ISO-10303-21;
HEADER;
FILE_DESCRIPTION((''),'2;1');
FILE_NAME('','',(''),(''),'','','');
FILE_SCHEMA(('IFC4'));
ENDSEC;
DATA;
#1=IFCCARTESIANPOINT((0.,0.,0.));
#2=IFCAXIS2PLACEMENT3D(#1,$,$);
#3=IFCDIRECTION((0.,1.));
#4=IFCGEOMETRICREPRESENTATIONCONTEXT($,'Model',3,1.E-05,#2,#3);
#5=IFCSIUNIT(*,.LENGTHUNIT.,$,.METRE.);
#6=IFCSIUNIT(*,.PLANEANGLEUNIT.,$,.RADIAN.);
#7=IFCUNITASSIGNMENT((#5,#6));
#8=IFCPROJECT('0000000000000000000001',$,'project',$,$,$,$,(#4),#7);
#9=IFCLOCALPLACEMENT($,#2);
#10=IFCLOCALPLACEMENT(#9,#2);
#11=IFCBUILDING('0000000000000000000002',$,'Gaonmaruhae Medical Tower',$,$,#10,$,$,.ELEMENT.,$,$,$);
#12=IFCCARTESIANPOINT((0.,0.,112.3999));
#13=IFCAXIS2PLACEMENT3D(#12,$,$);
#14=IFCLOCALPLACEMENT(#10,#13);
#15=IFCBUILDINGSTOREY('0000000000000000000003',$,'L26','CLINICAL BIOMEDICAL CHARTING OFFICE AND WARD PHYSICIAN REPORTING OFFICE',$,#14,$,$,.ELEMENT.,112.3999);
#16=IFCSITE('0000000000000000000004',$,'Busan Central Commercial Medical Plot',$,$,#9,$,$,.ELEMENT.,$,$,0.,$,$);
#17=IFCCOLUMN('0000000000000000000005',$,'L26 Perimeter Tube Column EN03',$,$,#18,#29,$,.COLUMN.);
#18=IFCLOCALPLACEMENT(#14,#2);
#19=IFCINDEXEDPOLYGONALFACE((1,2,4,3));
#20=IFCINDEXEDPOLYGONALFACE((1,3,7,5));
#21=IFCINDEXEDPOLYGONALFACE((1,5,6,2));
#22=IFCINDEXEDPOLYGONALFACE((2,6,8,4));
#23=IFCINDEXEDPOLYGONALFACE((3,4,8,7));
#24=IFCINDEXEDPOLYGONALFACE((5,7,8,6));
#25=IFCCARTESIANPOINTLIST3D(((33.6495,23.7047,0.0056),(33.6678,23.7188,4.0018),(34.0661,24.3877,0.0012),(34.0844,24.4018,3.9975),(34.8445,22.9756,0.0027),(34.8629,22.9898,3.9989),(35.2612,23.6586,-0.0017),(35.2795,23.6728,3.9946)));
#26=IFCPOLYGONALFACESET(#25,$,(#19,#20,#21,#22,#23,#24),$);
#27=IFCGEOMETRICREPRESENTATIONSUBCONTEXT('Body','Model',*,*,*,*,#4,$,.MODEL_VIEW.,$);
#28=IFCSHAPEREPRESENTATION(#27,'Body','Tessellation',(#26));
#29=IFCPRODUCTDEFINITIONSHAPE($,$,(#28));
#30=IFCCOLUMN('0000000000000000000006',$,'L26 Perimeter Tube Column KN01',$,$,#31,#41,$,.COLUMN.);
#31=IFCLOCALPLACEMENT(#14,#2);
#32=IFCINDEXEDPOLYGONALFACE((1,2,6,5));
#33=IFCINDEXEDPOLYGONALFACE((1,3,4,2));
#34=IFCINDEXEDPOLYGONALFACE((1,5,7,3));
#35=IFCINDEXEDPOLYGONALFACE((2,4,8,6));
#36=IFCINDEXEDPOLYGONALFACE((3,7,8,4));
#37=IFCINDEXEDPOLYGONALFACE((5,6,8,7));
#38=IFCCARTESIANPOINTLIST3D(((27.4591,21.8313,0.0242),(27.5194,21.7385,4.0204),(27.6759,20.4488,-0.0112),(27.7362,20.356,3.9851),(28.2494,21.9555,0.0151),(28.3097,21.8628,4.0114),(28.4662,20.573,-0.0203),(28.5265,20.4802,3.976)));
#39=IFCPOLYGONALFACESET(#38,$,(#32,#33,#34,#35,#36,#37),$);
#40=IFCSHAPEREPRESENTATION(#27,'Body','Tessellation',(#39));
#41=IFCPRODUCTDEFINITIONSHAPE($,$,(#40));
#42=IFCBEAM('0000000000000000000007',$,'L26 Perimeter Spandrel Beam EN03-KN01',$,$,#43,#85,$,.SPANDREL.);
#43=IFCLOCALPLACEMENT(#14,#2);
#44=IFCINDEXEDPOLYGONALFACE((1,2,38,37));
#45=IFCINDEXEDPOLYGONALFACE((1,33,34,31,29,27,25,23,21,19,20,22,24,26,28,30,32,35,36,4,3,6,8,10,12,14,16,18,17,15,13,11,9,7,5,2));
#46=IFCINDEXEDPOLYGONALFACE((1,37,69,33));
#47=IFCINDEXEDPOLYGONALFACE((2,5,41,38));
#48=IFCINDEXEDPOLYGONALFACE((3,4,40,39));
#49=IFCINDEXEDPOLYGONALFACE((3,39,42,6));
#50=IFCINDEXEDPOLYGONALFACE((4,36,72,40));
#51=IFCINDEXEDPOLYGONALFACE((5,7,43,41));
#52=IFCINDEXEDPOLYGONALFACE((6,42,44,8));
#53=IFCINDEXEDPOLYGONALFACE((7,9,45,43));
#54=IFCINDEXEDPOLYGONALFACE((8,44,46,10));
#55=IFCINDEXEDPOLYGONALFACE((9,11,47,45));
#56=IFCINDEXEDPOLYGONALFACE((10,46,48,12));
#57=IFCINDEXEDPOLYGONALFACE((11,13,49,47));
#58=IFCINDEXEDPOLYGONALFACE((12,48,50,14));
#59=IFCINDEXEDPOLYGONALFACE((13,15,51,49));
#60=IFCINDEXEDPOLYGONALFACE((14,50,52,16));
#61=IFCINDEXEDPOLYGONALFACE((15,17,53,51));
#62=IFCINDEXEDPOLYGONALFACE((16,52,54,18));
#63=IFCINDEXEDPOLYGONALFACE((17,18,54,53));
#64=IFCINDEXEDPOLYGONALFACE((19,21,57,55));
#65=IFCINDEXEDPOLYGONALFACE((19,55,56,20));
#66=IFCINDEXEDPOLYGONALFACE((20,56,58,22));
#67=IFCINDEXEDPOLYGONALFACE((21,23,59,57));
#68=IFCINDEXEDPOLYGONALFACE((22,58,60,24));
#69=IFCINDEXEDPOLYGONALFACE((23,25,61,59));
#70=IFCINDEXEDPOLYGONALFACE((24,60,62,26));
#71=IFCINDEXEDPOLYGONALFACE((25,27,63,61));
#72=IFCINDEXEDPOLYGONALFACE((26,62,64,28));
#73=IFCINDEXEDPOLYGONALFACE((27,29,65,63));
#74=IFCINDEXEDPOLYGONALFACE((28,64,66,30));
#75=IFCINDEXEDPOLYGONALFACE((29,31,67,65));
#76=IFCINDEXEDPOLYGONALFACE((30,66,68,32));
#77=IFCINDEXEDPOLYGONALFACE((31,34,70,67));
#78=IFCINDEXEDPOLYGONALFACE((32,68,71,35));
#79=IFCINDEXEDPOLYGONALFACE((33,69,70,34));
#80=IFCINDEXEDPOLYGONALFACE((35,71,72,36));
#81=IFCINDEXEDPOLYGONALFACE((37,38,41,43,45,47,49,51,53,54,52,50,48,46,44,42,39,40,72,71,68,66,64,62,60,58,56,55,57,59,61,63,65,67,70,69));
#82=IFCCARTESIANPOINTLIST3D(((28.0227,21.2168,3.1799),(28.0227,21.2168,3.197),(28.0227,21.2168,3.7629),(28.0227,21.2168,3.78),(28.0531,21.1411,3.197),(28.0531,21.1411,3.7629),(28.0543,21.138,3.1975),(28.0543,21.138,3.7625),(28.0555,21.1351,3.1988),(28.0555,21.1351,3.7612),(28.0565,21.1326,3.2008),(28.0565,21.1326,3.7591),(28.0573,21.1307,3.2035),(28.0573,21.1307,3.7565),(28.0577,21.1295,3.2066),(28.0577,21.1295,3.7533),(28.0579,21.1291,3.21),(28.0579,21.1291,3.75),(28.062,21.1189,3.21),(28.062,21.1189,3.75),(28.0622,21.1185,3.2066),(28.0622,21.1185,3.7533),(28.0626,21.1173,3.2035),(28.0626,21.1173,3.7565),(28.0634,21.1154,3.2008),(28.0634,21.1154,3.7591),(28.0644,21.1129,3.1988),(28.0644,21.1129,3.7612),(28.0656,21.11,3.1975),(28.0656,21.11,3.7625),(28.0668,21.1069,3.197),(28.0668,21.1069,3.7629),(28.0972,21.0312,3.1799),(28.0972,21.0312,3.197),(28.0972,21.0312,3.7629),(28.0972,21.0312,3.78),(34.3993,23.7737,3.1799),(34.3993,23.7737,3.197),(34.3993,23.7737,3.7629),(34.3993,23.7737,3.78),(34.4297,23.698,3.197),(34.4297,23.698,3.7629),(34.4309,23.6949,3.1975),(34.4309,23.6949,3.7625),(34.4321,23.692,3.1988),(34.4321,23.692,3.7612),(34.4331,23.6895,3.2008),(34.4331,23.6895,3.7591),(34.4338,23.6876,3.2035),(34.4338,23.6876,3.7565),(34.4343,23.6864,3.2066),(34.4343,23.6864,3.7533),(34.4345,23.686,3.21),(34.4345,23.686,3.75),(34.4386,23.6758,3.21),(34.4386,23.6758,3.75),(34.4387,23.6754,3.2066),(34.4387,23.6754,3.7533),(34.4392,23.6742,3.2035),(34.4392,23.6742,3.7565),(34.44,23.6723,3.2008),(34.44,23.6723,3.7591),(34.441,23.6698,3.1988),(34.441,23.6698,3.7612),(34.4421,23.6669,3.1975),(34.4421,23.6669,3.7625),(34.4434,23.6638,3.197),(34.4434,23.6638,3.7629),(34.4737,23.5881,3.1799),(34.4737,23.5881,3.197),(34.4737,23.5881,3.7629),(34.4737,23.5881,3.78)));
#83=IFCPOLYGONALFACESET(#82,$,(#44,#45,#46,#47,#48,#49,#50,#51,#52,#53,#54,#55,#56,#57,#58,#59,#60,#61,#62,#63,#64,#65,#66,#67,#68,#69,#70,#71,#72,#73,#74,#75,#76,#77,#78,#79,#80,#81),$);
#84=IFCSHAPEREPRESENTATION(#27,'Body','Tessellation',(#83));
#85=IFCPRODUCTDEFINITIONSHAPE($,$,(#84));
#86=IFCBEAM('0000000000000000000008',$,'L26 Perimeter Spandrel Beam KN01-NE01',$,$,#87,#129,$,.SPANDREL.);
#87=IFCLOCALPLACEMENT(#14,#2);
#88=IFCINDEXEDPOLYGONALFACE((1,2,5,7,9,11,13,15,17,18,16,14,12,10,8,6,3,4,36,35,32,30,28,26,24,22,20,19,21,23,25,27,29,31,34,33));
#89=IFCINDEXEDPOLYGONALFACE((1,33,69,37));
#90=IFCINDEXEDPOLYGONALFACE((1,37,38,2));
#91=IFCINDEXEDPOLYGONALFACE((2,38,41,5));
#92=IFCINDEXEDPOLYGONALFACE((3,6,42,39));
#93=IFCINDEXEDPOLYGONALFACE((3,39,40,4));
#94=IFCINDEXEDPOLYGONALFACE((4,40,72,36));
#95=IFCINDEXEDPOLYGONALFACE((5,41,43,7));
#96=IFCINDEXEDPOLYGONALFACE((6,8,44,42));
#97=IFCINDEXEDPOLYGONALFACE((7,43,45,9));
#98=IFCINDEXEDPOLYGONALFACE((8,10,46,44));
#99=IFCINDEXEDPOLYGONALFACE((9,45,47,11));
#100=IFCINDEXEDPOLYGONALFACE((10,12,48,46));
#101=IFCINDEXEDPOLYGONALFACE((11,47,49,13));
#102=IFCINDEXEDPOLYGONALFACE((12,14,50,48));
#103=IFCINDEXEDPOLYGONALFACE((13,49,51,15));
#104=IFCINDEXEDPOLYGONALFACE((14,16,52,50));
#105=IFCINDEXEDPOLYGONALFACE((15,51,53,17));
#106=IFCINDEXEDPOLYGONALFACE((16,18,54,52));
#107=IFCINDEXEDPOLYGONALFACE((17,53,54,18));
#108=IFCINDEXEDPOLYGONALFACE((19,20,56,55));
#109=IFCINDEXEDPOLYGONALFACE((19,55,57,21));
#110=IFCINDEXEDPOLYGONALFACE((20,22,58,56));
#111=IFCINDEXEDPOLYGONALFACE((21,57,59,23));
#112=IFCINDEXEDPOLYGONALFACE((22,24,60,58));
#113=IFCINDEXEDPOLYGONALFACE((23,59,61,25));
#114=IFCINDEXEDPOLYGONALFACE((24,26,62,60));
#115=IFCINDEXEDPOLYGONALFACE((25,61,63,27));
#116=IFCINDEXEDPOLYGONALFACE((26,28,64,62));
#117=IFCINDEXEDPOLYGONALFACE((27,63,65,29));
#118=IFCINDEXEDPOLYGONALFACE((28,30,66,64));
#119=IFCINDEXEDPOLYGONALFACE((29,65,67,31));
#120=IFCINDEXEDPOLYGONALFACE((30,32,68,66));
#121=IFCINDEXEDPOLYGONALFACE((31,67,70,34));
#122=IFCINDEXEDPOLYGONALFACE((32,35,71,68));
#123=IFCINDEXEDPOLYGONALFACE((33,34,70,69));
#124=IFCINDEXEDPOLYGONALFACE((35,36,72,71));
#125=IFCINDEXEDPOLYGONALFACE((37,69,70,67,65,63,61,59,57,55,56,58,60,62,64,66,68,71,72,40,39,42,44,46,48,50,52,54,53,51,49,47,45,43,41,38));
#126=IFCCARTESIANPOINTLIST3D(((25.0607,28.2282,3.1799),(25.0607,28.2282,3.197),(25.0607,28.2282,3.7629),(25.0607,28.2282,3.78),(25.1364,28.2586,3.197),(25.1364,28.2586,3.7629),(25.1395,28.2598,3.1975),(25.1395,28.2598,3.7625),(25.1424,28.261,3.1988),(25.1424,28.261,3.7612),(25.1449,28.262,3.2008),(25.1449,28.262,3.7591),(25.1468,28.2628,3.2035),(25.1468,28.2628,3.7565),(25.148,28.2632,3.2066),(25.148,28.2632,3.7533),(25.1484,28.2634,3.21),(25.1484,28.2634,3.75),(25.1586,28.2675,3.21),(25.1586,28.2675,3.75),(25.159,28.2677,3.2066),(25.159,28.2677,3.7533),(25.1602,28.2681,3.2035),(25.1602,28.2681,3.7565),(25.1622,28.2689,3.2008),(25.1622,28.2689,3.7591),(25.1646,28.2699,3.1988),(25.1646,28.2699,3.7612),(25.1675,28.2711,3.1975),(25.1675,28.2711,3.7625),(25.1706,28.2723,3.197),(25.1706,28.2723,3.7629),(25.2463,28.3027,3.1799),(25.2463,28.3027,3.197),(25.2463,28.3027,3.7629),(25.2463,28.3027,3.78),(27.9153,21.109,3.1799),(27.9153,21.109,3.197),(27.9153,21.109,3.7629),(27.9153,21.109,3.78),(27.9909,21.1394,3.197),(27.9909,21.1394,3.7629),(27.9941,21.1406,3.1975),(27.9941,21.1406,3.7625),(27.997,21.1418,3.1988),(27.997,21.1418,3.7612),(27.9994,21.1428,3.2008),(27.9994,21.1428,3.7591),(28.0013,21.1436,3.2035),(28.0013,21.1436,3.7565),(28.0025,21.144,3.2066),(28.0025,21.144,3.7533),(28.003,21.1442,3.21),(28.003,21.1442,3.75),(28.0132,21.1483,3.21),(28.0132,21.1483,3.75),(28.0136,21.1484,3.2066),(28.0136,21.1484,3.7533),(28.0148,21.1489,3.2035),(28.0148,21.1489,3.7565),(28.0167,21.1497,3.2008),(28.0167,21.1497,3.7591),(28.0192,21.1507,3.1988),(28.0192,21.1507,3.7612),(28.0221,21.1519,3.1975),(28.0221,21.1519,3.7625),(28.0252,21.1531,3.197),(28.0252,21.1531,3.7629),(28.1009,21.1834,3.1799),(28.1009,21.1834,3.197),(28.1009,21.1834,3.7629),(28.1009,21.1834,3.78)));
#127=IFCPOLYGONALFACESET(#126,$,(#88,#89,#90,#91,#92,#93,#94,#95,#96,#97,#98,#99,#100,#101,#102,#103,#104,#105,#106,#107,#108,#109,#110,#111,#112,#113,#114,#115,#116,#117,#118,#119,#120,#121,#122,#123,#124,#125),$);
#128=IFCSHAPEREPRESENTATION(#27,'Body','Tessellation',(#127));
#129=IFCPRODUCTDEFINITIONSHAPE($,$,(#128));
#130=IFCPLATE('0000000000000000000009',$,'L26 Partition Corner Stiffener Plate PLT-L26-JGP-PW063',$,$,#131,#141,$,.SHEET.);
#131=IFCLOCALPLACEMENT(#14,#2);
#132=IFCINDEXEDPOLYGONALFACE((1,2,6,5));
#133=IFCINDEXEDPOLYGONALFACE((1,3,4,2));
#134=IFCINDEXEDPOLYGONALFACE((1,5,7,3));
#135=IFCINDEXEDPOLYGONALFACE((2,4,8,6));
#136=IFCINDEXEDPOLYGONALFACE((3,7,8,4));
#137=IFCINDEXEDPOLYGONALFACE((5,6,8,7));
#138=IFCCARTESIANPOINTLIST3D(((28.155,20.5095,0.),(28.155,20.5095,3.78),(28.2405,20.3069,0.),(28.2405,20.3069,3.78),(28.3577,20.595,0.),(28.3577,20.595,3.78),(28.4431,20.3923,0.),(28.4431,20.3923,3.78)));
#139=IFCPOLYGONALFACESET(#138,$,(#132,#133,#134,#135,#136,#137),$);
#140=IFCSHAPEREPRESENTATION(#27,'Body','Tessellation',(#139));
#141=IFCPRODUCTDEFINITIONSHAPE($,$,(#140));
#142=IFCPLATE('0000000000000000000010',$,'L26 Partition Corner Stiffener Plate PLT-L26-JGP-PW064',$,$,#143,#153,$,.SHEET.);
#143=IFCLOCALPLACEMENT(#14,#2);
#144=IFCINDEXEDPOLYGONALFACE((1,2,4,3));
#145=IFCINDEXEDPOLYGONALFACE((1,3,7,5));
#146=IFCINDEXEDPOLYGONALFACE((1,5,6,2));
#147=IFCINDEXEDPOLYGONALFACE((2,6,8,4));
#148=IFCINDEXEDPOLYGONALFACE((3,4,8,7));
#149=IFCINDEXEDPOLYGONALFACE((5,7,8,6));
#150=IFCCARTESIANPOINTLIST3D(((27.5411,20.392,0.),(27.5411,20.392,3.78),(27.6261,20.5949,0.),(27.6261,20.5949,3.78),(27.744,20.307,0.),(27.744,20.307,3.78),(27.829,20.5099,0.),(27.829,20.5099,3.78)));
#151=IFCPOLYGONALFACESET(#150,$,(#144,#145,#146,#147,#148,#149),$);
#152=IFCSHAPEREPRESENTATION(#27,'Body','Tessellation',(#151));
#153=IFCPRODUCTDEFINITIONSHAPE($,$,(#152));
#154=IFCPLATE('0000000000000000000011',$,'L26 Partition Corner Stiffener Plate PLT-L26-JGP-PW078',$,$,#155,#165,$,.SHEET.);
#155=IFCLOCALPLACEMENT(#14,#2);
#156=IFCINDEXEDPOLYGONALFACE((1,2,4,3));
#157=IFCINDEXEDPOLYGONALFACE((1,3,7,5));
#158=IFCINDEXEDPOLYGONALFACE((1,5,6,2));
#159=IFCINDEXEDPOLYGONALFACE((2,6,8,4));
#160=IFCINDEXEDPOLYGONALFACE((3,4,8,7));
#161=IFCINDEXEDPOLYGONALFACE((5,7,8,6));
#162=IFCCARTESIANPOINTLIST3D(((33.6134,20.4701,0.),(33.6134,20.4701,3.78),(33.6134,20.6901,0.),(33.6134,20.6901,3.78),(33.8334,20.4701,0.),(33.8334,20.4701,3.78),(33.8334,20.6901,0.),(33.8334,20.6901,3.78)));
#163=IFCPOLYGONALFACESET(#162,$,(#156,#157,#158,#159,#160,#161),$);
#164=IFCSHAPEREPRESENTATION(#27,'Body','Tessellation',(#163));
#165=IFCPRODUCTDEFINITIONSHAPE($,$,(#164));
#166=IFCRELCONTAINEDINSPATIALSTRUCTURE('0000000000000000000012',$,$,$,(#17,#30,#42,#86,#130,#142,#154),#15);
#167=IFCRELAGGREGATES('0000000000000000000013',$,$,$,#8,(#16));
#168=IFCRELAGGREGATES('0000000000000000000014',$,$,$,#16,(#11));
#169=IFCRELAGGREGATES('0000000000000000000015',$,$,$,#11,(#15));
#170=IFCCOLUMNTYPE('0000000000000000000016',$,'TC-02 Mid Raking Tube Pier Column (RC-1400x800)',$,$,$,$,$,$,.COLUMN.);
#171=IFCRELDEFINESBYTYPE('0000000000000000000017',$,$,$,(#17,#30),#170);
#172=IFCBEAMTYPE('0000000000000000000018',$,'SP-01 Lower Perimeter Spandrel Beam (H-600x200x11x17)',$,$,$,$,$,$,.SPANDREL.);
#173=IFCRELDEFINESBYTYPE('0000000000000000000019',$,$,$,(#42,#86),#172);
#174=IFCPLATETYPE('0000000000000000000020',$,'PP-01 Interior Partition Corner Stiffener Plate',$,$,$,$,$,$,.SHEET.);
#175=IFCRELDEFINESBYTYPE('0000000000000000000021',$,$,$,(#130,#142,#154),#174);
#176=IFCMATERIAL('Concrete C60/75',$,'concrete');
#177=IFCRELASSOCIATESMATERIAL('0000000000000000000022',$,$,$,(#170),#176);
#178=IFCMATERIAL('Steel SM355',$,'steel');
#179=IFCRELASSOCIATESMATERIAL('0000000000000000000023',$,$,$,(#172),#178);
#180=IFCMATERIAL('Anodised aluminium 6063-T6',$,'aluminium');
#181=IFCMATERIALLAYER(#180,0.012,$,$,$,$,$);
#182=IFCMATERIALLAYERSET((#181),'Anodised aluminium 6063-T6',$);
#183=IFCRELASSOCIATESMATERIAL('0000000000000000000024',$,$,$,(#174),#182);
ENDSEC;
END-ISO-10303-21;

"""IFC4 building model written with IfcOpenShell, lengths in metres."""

from ifc_helpers import new_model, si_unit, direction, frame, origin, origin_2d, place, context, subcontext, project, spatial, rectangle, i_section, extrude, material, layer, layer_set, material_profile, profile_set, type_object, element, save


model = new_model("IFC4")

# Units and contexts
model_context = context("Model", 3, precision=1e-05, world=origin(), true_north=direction((0.0, 1.0)))
body_context = subcontext(model_context, "Body", "Model", "MODEL_VIEW")
ifc_project = project(units=[si_unit("LENGTHUNIT", "METRE"), si_unit("PLANEANGLEUNIT", "RADIAN")], contexts=[model_context])

# Site, building, storey
site_placement = place(None, origin())
site = spatial("IfcSite", under=ifc_project, at=site_placement, Name="Busan Central Commercial Medical Plot", CompositionType="ELEMENT", RefElevation=0.0)
building_placement = place(site_placement, origin())
building = spatial("IfcBuilding", under=site, at=building_placement, Name="Gaonmaruhae Medical Tower", CompositionType="ELEMENT")
storey_placement = place(building_placement, frame((0.0, 0.0, 112.3999)))
storey = spatial("IfcBuildingStorey", under=building, at=storey_placement, Name="L26", Description="CLINICAL BIOMEDICAL CHARTING OFFICE AND WARD PHYSICIAN REPORTING OFFICE", CompositionType="ELEMENT", Elevation=112.3999)

# Columns
ifc_material_1 = material(Name="Concrete C60/75", Category="concrete")
ifc_material_profile_1 = material_profile(ifc_material_1, rectangle(XDim=1.3999, YDim=0.8, at=origin_2d()), Name="RC-1400x800")
ifc_profile_set_1 = profile_set([ifc_material_profile_1], Name="Concrete C60/75")
column_type = type_object("IfcColumnType", Name="TC-02 Mid Raking Tube Pier Column (RC-1400x800)", PredefinedType="COLUMN", material=ifc_profile_set_1)
column_1_placement = place(storey_placement, frame((34.4553, 23.6816, 0.002), z_axis=(0.004582, 0.003543, 0.999983), x_axis=(-0.853691, 0.520775, 0.002066)))
element("IfcColumn", 1, at=column_1_placement, inside=storey, type_object=column_type, Name="L26 Perimeter Tube Column EN03", PredefinedType="COLUMN", context=body_context, shape_type="SweptSolid", body=[
    extrude(rectangle(XDim=1.3999, YDim=0.8, at=origin_2d()), origin(), (0.0, 0.0, 1.0), 3.9963),
])
column_2_placement = place(storey_placement, frame((27.9626, 21.2021, 0.002), z_axis=(0.015084, -0.023206, 0.999617), x_axis=(-0.154931, 0.987602, 0.025265)))
element("IfcColumn", 2, at=column_2_placement, inside=storey, type_object=column_type, Name="L26 Perimeter Tube Column KN01", PredefinedType="COLUMN", context=body_context, shape_type="SweptSolid", body=[
    extrude(rectangle(XDim=1.3999, YDim=0.8, at=origin_2d()), origin(), (0.0, 0.0, 1.0), 3.9978),
])

# Beams
ifc_material_2 = material(Name="Steel SM355", Category="steel")
ifc_material_profile_2 = material_profile(ifc_material_2, i_section(OverallWidth=0.2, OverallDepth=0.6001, WebThickness=0.011, FlangeThickness=0.0171, FilletRadius=0.0129, at=origin_2d()), Name="H-600x200x11x17")
ifc_profile_set_2 = profile_set([ifc_material_profile_2], Name="Steel SM355")
beam_type = type_object("IfcBeamType", Name="SP-01 Lower Perimeter Spandrel Beam (H-600x200x11x17)", PredefinedType="SPANDREL", material=ifc_profile_set_2)
beam_1_placement = place(storey_placement, frame((34.4365, 23.6809, 3.48), z_axis=(-0.92816, -0.372181, 0.0), x_axis=(0.372181, -0.92816, 0.0)))
element("IfcBeam", 3, at=beam_1_placement, inside=storey, type_object=beam_type, Name="L26 Perimeter Spandrel Beam EN03-KN01", PredefinedType="SPANDREL", context=body_context, shape_type="SweptSolid", body=[
    extrude(i_section(OverallWidth=0.2, OverallDepth=0.6001, WebThickness=0.011, FlangeThickness=0.0171, FilletRadius=0.0129, at=origin_2d()), origin(), (0.0, 0.0, 1.0), 6.8701),
])
beam_2_placement = place(storey_placement, frame((28.0081, 21.1462, 3.48), z_axis=(-0.372159, 0.928169, 0.0), x_axis=(-0.928169, -0.372159, 0.0)))
element("IfcBeam", 4, at=beam_2_placement, inside=storey, type_object=beam_type, Name="L26 Perimeter Spandrel Beam KN01-NE01", PredefinedType="SPANDREL", context=body_context, shape_type="SweptSolid", body=[
    extrude(i_section(OverallWidth=0.2, OverallDepth=0.6001, WebThickness=0.011, FlangeThickness=0.0171, FilletRadius=0.0129, at=origin_2d()), origin(), (0.0, 0.0, 1.0), 7.6702),
])

# Plates
ifc_material_3 = material(Name="Anodised aluminium 6063-T6", Category="aluminium")
ifc_layer_1 = layer(ifc_material_3, 0.012)
ifc_layer_set_1 = layer_set([ifc_layer_1], Name="Anodised aluminium 6063-T6")
plate_type = type_object("IfcPlateType", Name="PP-01 Interior Partition Corner Stiffener Plate", PredefinedType="SHEET", material=ifc_layer_set_1)
for number, where, z_axis, x_axis, name in (
    (5, (28.2991, 20.4509, 0.0), (0.0, 0.0, 1.0), (-0.921464, -0.388465, 0.0), "L26 Partition Corner Stiffener Plate PLT-L26-JGP-PW063"),
    (6, (27.6851, 20.4509, 0.0), (0.0, 0.0, 1.0), (-0.92237, 0.386309, 0.0), "L26 Partition Corner Stiffener Plate PLT-L26-JGP-PW064"),
    (7, (33.7234, 20.5801, 0.0), (0.0, 0.0, 1.0), (-1.0, 0.0, 0.0), "L26 Partition Corner Stiffener Plate PLT-L26-JGP-PW078"),
):
    element("IfcPlate", number, at=place(storey_placement, frame(where, z_axis=z_axis, x_axis=x_axis)), inside=storey, type_object=plate_type, Name=name, PredefinedType="SHEET", context=body_context, shape_type="SweptSolid", body=[
        extrude(rectangle(XDim=0.22, YDim=0.22, at=origin_2d()), origin(), (0.0, 0.0, 1.0), 3.78),
    ])

save(model, "model.ifc")
